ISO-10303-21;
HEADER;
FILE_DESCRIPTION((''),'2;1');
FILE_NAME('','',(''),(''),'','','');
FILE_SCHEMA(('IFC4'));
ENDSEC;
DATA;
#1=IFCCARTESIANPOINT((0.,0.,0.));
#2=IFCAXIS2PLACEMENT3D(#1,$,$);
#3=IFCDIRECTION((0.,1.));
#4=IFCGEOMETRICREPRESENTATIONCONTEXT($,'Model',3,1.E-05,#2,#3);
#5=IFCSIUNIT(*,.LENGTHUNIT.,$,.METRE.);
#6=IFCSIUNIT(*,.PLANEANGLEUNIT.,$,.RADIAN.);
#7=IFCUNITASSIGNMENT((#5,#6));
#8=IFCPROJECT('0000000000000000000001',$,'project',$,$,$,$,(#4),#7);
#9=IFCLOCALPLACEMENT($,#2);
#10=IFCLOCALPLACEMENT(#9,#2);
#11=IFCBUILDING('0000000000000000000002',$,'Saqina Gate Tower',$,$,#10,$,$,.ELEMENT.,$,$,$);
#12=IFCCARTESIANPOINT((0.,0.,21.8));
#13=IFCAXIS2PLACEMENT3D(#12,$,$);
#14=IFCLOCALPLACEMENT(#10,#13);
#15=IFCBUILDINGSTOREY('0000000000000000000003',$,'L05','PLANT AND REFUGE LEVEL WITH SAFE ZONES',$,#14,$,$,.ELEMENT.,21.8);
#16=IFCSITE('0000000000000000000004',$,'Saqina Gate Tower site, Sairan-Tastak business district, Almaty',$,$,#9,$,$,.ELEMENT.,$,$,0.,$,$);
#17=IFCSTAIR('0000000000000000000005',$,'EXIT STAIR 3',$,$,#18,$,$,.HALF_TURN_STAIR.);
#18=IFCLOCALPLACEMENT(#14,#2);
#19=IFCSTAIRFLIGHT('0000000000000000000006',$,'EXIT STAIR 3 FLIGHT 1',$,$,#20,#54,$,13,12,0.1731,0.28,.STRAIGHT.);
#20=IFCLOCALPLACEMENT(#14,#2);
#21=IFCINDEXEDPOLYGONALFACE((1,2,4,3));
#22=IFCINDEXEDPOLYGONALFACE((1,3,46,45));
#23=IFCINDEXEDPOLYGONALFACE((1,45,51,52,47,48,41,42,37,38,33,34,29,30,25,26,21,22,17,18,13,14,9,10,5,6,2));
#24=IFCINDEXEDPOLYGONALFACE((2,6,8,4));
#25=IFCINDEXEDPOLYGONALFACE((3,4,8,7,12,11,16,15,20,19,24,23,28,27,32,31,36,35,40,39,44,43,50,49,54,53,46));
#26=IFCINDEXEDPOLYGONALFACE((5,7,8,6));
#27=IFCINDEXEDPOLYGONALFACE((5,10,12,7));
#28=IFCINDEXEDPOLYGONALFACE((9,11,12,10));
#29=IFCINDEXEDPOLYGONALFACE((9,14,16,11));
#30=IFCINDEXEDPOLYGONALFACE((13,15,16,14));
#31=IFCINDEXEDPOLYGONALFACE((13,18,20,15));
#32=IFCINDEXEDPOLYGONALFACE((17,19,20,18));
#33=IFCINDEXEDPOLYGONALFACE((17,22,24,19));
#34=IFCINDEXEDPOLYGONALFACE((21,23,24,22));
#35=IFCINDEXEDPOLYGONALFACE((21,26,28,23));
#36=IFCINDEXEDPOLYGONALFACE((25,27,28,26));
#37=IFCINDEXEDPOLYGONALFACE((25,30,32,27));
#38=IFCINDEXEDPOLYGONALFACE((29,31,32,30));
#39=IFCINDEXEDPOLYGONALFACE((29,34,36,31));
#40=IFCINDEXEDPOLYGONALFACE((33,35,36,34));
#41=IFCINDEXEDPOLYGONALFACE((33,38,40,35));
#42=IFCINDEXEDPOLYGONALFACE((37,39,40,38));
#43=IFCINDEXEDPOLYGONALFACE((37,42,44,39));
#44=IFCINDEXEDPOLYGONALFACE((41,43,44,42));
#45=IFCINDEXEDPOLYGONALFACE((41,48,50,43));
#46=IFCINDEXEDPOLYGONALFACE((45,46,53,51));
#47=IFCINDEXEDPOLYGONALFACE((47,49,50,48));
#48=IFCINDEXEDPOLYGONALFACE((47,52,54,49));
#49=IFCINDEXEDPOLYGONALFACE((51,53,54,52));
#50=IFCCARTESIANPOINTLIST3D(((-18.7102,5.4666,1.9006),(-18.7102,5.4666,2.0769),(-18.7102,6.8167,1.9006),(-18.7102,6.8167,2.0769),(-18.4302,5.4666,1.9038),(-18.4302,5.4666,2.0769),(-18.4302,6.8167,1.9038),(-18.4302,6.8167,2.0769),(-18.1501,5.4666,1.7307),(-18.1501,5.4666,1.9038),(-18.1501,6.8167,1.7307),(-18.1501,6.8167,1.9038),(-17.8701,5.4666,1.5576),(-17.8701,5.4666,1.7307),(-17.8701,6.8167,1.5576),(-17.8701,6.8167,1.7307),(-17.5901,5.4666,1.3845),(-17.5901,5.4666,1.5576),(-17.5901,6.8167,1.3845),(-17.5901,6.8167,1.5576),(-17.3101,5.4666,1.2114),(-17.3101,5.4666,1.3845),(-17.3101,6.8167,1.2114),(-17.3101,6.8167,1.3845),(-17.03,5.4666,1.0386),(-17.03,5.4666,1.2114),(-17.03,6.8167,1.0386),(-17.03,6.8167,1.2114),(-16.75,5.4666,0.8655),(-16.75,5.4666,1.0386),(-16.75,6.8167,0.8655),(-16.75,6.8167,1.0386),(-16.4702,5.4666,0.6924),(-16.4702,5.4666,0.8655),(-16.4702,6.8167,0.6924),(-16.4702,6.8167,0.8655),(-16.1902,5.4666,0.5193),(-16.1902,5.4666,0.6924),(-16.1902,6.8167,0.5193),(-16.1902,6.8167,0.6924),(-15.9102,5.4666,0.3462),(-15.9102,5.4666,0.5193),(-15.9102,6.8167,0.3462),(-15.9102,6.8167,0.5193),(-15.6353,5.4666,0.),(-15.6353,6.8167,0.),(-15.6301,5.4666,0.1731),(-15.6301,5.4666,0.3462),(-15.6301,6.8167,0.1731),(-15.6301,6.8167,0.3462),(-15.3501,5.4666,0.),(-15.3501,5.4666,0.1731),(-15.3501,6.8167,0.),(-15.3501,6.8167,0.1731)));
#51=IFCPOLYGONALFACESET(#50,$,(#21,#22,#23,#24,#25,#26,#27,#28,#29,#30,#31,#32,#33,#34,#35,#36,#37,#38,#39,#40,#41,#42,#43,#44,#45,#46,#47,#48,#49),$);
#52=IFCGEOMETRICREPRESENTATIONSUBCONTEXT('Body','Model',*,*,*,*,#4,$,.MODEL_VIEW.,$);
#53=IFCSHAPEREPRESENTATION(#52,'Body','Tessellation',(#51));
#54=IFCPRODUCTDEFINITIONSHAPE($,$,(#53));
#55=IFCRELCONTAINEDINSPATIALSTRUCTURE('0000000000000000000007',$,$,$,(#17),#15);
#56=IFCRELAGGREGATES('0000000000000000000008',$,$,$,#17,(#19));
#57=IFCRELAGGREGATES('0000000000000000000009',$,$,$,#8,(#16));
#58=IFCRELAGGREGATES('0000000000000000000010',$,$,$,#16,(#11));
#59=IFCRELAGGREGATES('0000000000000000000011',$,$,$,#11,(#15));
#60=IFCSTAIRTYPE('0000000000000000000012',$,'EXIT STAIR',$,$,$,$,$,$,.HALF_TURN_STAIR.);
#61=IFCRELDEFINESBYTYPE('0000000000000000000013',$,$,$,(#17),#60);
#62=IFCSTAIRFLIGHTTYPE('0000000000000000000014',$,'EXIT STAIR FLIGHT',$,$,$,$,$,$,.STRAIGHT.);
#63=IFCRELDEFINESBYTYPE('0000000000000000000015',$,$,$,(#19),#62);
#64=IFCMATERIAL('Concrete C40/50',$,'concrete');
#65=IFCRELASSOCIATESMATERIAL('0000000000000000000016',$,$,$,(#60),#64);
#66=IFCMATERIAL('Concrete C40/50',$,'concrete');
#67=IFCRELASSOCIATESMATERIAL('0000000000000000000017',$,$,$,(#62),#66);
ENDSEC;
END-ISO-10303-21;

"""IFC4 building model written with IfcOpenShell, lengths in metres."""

from ifc_helpers import new_model, si_unit, direction, frame, origin, place, context, subcontext, project, spatial, polyline, outline, extrude, material, type_object, element, aggregate, save


model = new_model("IFC4")

# Units and contexts
model_context = context("Model", 3, precision=1e-05, world=origin(), true_north=direction((0.0, 1.0)))
body_context = subcontext(model_context, "Body", "Model", "MODEL_VIEW")
ifc_project = project(units=[si_unit("LENGTHUNIT", "METRE"), si_unit("PLANEANGLEUNIT", "RADIAN")], contexts=[model_context])

# Site, building, storey
site_placement = place(None, origin())
site = spatial("IfcSite", under=ifc_project, at=site_placement, Name="Saqina Gate Tower site, Sairan-Tastak business district, Almaty", CompositionType="ELEMENT", RefElevation=0.0)
building_placement = place(site_placement, origin())
building = spatial("IfcBuilding", under=site, at=building_placement, Name="Saqina Gate Tower", CompositionType="ELEMENT")
storey_placement = place(building_placement, frame((0.0, 0.0, 21.8)))
storey = spatial("IfcBuildingStorey", under=building, at=storey_placement, Name="L05", Description="PLANT AND REFUGE LEVEL WITH SAFE ZONES", CompositionType="ELEMENT", Elevation=21.8)

# Stair, stair flight
ifc_material_1 = material(Name="Concrete C40/50", Category="concrete")
stair_type = type_object("IfcStairType", Name="EXIT STAIR", PredefinedType="HALF_TURN_STAIR", material=ifc_material_1)
stair_placement = place(storey_placement, origin())
stair = element("IfcStair", 1, at=stair_placement, inside=storey, type_object=stair_type, Name="EXIT STAIR 3", PredefinedType="HALF_TURN_STAIR")
ifc_material_2 = material(Name="Concrete C40/50", Category="concrete")
stair_flight_type = type_object("IfcStairFlightType", Name="EXIT STAIR FLIGHT", PredefinedType="STRAIGHT", material=ifc_material_2)
stair_flight_placement = place(storey_placement, frame((-15.3501, 6.1416, 0.0), z_axis=(0.0, 0.0, 1.0), x_axis=(-1.0, 0.0, 0.0)))
stair_flight = element("IfcStairFlight", 2, at=stair_flight_placement, type_object=stair_flight_type, Name="EXIT STAIR 3 FLIGHT 1", NumberOfRisers=13, NumberOfTreads=12, PredefinedType="STRAIGHT", RiserHeight=0.1731, TreadLength=0.28, context=body_context, shape_type="SweptSolid", body=[
    extrude(outline(polyline([(0.0, 0.0), (0.0, 0.1731), (0.28, 0.1731), (0.28, 0.3462), (0.5601, 0.3462), (0.5601, 0.5193), (0.8401, 0.5193), (0.8401, 0.6924), (1.1201, 0.6924), (1.1201, 0.8655), (1.3999, 0.8655), (1.3999, 1.0386), (1.6799, 1.0386), (1.6799, 1.2114), (1.96, 1.2114), (1.96, 1.3845), (2.24, 1.3845), (2.24, 1.5576), (2.52, 1.5576), (2.52, 1.7307), (2.8, 1.7307), (2.8, 1.9038), (3.0801, 1.9038), (3.0801, 2.0769), (3.3601, 2.0769), (3.3601, 2.25), (3.3601, 1.9006), (0.2852, 0.0), (0.0, 0.0)])), frame((0.0, 0.675, 0.0), z_axis=(0.0, -1.0, 0.0), x_axis=(1.0, 0.0, 0.0)), (0.0, 0.0, 1.0), 1.3501),
])
aggregate(stair, [stair_flight])

save(model, "model.ifc")
